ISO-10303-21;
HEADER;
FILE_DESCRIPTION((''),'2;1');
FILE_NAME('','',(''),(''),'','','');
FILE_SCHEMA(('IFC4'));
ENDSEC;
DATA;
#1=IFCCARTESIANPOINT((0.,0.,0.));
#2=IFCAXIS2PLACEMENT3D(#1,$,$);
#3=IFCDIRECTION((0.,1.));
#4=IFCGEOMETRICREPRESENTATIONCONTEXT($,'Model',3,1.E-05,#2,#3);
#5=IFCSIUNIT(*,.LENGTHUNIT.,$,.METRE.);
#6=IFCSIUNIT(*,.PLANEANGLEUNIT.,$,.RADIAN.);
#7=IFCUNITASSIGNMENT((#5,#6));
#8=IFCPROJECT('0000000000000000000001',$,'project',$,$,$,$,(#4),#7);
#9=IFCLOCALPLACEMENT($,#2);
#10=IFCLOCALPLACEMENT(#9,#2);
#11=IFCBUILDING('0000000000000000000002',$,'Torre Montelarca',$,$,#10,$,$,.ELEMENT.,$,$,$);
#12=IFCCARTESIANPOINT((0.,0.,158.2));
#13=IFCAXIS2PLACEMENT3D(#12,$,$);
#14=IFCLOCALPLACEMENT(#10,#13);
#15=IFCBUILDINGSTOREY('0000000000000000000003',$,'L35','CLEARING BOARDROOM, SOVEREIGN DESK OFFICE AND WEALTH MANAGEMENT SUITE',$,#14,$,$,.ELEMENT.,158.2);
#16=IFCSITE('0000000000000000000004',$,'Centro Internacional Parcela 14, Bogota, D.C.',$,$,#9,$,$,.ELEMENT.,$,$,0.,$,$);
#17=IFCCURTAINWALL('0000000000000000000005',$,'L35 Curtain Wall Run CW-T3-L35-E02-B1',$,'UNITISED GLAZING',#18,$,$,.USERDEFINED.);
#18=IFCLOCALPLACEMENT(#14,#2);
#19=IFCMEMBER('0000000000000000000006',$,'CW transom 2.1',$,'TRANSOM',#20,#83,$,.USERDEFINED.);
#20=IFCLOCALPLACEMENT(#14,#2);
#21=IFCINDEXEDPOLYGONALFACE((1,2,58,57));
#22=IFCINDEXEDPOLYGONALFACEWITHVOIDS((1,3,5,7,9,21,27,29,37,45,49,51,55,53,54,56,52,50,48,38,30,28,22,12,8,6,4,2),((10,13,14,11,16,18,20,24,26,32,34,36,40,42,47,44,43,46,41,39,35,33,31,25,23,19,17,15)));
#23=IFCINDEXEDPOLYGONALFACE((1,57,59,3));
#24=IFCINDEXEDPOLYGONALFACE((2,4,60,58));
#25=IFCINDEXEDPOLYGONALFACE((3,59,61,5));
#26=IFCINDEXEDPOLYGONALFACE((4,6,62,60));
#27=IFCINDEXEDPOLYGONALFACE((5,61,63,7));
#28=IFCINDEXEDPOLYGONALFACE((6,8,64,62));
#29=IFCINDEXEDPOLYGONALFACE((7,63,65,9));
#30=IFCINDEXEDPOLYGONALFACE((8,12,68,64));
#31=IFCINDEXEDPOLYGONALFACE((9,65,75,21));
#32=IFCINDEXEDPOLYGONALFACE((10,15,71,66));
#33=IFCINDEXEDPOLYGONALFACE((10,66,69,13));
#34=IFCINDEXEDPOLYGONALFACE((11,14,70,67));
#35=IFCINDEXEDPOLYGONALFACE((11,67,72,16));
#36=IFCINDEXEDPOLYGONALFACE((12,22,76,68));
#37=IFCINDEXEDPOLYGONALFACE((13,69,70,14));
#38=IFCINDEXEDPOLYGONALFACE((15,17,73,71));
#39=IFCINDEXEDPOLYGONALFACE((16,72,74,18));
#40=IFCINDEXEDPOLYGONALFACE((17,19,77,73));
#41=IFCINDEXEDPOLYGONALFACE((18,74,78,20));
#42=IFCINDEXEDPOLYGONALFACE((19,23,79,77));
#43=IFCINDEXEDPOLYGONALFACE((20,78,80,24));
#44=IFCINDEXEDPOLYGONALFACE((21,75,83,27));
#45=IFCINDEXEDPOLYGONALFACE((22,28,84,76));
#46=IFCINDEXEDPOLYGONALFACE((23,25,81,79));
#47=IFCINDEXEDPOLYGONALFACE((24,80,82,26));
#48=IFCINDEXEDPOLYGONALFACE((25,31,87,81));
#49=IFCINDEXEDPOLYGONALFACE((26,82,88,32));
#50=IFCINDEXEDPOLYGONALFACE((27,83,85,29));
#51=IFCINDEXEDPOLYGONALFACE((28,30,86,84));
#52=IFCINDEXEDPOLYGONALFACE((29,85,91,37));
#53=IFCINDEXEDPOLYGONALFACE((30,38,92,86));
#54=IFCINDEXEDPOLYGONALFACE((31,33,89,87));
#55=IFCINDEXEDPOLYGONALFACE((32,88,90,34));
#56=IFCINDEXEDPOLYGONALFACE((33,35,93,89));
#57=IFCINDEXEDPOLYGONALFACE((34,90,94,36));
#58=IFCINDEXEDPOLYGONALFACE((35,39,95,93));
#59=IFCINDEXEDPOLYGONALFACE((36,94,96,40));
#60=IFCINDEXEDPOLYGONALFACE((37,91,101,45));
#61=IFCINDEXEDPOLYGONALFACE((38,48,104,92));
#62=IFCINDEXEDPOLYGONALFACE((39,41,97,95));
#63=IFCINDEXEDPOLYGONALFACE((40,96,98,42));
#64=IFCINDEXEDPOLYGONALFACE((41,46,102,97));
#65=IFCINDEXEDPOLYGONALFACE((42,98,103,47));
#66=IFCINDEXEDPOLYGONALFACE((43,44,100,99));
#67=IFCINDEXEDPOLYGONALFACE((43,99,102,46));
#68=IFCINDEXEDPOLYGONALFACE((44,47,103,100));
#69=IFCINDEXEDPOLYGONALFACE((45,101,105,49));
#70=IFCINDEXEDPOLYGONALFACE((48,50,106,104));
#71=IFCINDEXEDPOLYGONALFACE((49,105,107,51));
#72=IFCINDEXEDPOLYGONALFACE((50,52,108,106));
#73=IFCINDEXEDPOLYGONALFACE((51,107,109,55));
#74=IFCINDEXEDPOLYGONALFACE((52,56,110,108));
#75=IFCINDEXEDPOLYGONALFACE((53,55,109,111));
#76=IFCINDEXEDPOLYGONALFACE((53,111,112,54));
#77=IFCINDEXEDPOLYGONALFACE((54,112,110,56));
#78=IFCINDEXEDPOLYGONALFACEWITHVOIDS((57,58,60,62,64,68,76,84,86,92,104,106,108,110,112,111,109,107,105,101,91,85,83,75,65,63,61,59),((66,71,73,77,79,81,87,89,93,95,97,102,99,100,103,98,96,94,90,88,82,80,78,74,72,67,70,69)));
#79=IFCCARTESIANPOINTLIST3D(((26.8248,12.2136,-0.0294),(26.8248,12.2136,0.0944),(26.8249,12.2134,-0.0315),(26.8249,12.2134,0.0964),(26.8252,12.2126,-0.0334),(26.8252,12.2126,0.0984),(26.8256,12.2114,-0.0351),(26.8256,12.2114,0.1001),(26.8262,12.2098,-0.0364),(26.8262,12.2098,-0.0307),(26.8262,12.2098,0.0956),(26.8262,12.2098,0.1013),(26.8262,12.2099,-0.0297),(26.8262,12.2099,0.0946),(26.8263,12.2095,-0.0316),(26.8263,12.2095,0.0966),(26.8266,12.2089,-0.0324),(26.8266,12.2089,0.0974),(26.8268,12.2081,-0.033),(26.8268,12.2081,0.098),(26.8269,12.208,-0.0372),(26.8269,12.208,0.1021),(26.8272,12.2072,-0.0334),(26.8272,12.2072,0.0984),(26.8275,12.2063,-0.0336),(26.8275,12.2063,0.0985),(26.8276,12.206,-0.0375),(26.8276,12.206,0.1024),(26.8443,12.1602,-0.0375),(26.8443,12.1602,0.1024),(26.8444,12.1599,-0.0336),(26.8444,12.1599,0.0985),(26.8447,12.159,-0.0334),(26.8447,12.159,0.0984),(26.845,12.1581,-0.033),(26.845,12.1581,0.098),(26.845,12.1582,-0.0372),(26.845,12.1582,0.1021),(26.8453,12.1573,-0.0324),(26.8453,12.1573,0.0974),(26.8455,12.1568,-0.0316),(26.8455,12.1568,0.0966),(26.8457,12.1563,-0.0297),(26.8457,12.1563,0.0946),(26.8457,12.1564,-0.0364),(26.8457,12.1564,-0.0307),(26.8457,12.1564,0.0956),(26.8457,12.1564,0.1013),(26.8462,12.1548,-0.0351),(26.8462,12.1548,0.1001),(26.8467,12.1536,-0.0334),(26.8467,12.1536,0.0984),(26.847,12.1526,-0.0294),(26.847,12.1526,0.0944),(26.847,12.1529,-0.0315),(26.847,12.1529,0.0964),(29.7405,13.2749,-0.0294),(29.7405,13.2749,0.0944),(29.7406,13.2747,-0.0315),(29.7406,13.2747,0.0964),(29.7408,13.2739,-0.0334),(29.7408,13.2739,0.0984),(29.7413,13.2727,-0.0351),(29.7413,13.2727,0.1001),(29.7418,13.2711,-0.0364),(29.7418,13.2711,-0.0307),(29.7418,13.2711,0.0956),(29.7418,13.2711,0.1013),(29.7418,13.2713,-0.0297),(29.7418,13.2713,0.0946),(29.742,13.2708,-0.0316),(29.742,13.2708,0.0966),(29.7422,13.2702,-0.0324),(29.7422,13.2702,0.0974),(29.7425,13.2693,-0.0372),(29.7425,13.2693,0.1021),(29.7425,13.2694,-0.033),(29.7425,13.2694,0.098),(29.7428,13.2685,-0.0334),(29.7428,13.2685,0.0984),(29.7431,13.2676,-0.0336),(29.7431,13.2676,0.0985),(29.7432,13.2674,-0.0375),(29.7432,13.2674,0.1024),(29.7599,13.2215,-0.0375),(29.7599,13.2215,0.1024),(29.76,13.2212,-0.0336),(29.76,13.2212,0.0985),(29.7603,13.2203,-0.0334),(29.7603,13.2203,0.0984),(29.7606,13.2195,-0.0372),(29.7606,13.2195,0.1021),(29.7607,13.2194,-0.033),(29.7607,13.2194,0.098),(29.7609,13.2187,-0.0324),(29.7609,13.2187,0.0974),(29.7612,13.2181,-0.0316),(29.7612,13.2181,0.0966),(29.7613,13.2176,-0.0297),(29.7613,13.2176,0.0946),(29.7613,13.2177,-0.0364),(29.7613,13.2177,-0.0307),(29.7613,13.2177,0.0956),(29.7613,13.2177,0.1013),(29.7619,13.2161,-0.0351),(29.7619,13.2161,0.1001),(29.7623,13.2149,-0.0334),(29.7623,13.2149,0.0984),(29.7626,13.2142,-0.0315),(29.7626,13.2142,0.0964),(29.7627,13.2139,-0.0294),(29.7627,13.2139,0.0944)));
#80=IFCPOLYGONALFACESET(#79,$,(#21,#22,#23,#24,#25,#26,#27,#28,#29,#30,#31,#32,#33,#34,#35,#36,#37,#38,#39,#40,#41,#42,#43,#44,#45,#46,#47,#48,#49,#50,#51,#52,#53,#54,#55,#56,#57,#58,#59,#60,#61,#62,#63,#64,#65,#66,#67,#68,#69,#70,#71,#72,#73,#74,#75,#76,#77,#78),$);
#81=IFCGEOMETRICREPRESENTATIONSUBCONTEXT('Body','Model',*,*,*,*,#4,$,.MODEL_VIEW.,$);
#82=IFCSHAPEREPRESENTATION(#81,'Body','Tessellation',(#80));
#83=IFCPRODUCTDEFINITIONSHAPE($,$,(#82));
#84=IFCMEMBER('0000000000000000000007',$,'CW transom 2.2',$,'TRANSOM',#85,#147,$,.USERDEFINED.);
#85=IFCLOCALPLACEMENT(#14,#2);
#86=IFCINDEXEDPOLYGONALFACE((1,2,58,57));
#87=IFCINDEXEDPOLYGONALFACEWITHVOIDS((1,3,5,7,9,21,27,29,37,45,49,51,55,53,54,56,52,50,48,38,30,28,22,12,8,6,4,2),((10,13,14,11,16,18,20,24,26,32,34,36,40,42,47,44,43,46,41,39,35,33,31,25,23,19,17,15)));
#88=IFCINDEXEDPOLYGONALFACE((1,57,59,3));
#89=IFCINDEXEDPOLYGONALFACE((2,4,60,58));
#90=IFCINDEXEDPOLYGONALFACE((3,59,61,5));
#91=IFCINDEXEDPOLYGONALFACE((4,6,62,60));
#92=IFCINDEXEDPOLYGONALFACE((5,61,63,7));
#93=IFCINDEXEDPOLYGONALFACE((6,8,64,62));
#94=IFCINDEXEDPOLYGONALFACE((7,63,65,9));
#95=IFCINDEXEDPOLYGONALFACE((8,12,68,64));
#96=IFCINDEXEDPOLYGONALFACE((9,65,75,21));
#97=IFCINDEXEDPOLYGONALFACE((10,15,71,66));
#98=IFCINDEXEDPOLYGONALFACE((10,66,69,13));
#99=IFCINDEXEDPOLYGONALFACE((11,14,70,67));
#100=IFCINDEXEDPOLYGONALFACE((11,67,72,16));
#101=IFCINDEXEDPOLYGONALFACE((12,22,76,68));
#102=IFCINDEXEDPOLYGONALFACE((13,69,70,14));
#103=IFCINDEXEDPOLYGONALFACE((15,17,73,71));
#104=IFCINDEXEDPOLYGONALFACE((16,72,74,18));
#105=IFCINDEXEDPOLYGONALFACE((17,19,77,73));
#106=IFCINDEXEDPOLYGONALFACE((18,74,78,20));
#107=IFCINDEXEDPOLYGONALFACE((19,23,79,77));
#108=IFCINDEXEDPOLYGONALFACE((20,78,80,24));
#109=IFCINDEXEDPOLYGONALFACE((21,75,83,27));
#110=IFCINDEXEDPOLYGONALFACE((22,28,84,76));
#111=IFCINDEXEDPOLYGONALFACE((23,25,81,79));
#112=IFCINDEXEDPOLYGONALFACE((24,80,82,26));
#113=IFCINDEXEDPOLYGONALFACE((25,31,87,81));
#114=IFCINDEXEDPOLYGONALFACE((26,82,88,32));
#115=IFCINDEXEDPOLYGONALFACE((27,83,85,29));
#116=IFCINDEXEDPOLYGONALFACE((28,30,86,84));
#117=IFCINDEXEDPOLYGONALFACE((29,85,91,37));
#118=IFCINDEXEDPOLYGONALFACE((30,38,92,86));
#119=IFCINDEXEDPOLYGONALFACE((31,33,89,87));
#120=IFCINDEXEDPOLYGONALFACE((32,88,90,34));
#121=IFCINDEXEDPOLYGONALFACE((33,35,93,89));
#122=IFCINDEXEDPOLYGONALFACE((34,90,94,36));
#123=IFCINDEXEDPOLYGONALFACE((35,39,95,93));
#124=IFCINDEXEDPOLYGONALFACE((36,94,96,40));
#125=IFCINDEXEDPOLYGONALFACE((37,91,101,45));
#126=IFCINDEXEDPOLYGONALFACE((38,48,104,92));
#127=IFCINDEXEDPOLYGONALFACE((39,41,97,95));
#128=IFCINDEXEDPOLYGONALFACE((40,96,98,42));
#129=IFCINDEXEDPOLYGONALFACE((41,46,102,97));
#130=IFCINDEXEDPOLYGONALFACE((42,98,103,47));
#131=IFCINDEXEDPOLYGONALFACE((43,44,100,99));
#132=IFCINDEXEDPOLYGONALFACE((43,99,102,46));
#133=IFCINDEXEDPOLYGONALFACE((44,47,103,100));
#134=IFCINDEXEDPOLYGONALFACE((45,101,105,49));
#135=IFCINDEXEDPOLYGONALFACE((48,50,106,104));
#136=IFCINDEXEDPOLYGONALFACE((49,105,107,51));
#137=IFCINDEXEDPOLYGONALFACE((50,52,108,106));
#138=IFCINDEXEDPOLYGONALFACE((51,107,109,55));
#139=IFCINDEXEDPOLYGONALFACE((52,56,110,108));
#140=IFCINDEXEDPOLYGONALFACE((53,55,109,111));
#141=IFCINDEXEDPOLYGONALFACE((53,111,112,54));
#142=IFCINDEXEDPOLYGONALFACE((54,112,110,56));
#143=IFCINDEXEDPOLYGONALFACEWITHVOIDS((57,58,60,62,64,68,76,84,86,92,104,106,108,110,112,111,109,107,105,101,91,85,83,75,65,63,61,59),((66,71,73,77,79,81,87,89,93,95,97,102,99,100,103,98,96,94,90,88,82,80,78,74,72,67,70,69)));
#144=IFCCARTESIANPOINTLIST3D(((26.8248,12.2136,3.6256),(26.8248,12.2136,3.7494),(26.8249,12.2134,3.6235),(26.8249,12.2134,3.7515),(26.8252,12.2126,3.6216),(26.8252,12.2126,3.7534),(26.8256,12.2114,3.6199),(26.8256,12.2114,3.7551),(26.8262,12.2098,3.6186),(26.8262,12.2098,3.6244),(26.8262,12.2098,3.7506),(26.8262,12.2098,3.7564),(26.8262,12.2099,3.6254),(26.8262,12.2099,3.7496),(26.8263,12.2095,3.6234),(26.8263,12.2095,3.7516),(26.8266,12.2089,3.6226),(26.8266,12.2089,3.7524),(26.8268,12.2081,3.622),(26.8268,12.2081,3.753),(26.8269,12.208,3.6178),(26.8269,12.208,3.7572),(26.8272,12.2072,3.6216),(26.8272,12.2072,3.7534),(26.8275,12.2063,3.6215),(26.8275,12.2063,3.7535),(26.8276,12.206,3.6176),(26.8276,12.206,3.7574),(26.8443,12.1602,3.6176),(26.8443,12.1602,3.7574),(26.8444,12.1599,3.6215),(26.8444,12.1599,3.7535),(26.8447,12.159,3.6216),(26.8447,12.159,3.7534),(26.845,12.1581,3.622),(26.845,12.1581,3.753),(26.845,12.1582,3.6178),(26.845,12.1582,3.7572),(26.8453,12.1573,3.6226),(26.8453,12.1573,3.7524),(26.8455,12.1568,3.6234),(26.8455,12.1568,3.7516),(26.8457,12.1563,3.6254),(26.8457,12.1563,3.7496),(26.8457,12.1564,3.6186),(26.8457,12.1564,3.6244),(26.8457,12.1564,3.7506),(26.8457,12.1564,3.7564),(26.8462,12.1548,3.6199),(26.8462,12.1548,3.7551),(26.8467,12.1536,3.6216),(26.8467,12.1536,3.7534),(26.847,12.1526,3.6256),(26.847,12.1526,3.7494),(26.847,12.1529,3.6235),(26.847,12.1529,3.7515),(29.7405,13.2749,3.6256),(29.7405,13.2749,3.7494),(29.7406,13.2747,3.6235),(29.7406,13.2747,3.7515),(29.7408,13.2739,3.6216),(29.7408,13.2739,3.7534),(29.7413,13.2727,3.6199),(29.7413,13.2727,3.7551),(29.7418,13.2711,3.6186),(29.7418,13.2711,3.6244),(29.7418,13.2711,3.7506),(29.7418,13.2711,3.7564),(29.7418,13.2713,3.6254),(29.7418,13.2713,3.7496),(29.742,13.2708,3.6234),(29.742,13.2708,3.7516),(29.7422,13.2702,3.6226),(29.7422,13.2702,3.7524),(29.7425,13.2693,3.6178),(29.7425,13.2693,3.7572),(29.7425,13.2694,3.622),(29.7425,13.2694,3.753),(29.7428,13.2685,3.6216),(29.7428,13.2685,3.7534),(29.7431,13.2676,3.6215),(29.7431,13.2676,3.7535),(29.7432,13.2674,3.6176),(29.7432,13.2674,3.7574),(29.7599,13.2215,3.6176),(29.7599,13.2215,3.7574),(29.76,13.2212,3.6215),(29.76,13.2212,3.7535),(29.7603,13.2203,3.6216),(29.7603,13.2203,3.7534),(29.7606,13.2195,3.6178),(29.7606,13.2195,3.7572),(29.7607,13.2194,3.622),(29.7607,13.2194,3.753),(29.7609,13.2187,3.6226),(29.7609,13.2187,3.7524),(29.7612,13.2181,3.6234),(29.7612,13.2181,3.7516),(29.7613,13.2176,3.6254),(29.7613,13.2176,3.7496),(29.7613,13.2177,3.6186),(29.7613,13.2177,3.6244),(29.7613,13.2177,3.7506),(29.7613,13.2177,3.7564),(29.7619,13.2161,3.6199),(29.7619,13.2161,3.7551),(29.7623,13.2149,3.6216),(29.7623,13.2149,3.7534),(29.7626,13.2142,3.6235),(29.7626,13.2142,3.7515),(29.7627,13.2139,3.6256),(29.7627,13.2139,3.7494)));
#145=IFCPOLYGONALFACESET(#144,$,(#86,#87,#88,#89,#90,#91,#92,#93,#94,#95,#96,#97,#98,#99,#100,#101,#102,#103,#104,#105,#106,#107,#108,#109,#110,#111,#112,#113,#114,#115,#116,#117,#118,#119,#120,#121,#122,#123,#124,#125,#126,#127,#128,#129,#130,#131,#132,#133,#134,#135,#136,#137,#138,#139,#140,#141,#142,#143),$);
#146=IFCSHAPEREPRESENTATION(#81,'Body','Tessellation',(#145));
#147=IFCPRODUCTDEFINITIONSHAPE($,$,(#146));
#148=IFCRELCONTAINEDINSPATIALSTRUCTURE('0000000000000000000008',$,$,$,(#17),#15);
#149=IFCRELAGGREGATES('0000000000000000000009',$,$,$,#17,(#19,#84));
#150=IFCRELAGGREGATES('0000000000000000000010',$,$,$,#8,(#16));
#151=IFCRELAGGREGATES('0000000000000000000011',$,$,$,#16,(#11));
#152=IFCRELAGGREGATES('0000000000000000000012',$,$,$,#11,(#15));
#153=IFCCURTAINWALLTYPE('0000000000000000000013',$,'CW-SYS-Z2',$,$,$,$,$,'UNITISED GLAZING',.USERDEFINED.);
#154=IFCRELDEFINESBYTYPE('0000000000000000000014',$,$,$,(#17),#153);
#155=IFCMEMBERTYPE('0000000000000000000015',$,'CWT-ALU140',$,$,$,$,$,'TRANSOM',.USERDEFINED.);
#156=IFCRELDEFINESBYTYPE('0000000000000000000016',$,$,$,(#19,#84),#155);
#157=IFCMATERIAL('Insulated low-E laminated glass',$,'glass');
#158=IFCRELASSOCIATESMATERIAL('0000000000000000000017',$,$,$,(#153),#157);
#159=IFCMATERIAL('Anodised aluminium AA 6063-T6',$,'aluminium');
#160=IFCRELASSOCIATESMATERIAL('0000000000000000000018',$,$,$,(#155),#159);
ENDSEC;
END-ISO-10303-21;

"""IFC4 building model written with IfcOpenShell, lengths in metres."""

from ifc_helpers import new_model, si_unit, direction, frame, origin, origin_2d, place, context, subcontext, project, spatial, hollow_rectangle, extrude, source, transform, mapped, material, material_profile, profile_set, type_object, element, aggregate, save


model = new_model("IFC4")

# Units and contexts
model_context = context("Model", 3, precision=1e-05, world=origin(), true_north=direction((0.0, 1.0)))
body_context = subcontext(model_context, "Body", "Model", "MODEL_VIEW")
ifc_project = project(units=[si_unit("LENGTHUNIT", "METRE"), si_unit("PLANEANGLEUNIT", "RADIAN")], contexts=[model_context])

# Site, building, storey
site_placement = place(None, origin())
site = spatial("IfcSite", under=ifc_project, at=site_placement, Name="Centro Internacional Parcela 14, Bogota, D.C.", CompositionType="ELEMENT", RefElevation=0.0)
building_placement = place(site_placement, origin())
building = spatial("IfcBuilding", under=site, at=building_placement, Name="Torre Montelarca", CompositionType="ELEMENT")
storey_placement = place(building_placement, frame((0.0, 0.0, 158.2)))
storey = spatial("IfcBuildingStorey", under=building, at=storey_placement, Name="L35", Description="CLEARING BOARDROOM, SOVEREIGN DESK OFFICE AND WEALTH MANAGEMENT SUITE", CompositionType="ELEMENT", Elevation=158.2)

# Curtain wall, members
ifc_material_1 = material(Name="Insulated low-E laminated glass", Category="glass")
curtain_wall_type = type_object("IfcCurtainWallType", Name="CW-SYS-Z2", ElementType="UNITISED GLAZING", PredefinedType="USERDEFINED", material=ifc_material_1)
curtain_wall_1_placement = place(storey_placement, origin())
curtain_wall_1 = element("IfcCurtainWall", 1, at=curtain_wall_1_placement, inside=storey, type_object=curtain_wall_type, Name="L35 Curtain Wall Run CW-T3-L35-E02-B1", ObjectType="UNITISED GLAZING", PredefinedType="USERDEFINED")
ifc_material_2 = material(Name="Anodised aluminium AA 6063-T6", Category="aluminium")
ifc_material_profile_1 = material_profile(ifc_material_2, hollow_rectangle(XDim=0.0649, YDim=0.1399, WallThickness=0.0039, InnerFilletRadius=0.0039, OuterFilletRadius=0.0081, at=origin_2d()), Name="ALU65X140X4", Category="aluminium")
ifc_profile_set_1 = profile_set([ifc_material_profile_1], Name="Anodised aluminium AA 6063-T6")
member_type_1 = type_object("IfcMemberType", Name="CWT-ALU140", ElementType="TRANSOM", PredefinedType="USERDEFINED", material=ifc_profile_set_1)
shared_shape_1 = source(origin(), body_context, "Body", "SweptSolid", [
    extrude(hollow_rectangle(XDim=0.0649, YDim=0.1399, WallThickness=0.0039, InnerFilletRadius=0.0039, OuterFilletRadius=0.0081, at=origin_2d()), origin(), (0.0, 0.0, 1.0), 3.1028),
])
member_1_placement = place(storey_placement, frame((26.8359, 12.1831, 0.0325), z_axis=(0.939681, 0.342053, 0.0), x_axis=(-0.342053, 0.939681, 0.0)))
member_1 = element("IfcMember", 2, at=member_1_placement, type_object=member_type_1, Name="CW transom 2.1", ObjectType="TRANSOM", PredefinedType="USERDEFINED", context=body_context, shape_type="MappedRepresentation", body=[
    mapped(shared_shape_1, transform((0.0, 0.0, 0.0), scale=1.0)),
])
member_2_placement = place(storey_placement, frame((26.8359, 12.1831, 3.6875), z_axis=(0.939681, 0.342053, 0.0), x_axis=(-0.342053, 0.939681, 0.0)))
member_2 = element("IfcMember", 3, at=member_2_placement, type_object=member_type_1, Name="CW transom 2.2", ObjectType="TRANSOM", PredefinedType="USERDEFINED", context=body_context, shape_type="MappedRepresentation", body=[
    mapped(shared_shape_1, transform((0.0, 0.0, 0.0), scale=1.0)),
])

aggregate(curtain_wall_1, [member_1, member_2])

save(model, "model.ifc")
